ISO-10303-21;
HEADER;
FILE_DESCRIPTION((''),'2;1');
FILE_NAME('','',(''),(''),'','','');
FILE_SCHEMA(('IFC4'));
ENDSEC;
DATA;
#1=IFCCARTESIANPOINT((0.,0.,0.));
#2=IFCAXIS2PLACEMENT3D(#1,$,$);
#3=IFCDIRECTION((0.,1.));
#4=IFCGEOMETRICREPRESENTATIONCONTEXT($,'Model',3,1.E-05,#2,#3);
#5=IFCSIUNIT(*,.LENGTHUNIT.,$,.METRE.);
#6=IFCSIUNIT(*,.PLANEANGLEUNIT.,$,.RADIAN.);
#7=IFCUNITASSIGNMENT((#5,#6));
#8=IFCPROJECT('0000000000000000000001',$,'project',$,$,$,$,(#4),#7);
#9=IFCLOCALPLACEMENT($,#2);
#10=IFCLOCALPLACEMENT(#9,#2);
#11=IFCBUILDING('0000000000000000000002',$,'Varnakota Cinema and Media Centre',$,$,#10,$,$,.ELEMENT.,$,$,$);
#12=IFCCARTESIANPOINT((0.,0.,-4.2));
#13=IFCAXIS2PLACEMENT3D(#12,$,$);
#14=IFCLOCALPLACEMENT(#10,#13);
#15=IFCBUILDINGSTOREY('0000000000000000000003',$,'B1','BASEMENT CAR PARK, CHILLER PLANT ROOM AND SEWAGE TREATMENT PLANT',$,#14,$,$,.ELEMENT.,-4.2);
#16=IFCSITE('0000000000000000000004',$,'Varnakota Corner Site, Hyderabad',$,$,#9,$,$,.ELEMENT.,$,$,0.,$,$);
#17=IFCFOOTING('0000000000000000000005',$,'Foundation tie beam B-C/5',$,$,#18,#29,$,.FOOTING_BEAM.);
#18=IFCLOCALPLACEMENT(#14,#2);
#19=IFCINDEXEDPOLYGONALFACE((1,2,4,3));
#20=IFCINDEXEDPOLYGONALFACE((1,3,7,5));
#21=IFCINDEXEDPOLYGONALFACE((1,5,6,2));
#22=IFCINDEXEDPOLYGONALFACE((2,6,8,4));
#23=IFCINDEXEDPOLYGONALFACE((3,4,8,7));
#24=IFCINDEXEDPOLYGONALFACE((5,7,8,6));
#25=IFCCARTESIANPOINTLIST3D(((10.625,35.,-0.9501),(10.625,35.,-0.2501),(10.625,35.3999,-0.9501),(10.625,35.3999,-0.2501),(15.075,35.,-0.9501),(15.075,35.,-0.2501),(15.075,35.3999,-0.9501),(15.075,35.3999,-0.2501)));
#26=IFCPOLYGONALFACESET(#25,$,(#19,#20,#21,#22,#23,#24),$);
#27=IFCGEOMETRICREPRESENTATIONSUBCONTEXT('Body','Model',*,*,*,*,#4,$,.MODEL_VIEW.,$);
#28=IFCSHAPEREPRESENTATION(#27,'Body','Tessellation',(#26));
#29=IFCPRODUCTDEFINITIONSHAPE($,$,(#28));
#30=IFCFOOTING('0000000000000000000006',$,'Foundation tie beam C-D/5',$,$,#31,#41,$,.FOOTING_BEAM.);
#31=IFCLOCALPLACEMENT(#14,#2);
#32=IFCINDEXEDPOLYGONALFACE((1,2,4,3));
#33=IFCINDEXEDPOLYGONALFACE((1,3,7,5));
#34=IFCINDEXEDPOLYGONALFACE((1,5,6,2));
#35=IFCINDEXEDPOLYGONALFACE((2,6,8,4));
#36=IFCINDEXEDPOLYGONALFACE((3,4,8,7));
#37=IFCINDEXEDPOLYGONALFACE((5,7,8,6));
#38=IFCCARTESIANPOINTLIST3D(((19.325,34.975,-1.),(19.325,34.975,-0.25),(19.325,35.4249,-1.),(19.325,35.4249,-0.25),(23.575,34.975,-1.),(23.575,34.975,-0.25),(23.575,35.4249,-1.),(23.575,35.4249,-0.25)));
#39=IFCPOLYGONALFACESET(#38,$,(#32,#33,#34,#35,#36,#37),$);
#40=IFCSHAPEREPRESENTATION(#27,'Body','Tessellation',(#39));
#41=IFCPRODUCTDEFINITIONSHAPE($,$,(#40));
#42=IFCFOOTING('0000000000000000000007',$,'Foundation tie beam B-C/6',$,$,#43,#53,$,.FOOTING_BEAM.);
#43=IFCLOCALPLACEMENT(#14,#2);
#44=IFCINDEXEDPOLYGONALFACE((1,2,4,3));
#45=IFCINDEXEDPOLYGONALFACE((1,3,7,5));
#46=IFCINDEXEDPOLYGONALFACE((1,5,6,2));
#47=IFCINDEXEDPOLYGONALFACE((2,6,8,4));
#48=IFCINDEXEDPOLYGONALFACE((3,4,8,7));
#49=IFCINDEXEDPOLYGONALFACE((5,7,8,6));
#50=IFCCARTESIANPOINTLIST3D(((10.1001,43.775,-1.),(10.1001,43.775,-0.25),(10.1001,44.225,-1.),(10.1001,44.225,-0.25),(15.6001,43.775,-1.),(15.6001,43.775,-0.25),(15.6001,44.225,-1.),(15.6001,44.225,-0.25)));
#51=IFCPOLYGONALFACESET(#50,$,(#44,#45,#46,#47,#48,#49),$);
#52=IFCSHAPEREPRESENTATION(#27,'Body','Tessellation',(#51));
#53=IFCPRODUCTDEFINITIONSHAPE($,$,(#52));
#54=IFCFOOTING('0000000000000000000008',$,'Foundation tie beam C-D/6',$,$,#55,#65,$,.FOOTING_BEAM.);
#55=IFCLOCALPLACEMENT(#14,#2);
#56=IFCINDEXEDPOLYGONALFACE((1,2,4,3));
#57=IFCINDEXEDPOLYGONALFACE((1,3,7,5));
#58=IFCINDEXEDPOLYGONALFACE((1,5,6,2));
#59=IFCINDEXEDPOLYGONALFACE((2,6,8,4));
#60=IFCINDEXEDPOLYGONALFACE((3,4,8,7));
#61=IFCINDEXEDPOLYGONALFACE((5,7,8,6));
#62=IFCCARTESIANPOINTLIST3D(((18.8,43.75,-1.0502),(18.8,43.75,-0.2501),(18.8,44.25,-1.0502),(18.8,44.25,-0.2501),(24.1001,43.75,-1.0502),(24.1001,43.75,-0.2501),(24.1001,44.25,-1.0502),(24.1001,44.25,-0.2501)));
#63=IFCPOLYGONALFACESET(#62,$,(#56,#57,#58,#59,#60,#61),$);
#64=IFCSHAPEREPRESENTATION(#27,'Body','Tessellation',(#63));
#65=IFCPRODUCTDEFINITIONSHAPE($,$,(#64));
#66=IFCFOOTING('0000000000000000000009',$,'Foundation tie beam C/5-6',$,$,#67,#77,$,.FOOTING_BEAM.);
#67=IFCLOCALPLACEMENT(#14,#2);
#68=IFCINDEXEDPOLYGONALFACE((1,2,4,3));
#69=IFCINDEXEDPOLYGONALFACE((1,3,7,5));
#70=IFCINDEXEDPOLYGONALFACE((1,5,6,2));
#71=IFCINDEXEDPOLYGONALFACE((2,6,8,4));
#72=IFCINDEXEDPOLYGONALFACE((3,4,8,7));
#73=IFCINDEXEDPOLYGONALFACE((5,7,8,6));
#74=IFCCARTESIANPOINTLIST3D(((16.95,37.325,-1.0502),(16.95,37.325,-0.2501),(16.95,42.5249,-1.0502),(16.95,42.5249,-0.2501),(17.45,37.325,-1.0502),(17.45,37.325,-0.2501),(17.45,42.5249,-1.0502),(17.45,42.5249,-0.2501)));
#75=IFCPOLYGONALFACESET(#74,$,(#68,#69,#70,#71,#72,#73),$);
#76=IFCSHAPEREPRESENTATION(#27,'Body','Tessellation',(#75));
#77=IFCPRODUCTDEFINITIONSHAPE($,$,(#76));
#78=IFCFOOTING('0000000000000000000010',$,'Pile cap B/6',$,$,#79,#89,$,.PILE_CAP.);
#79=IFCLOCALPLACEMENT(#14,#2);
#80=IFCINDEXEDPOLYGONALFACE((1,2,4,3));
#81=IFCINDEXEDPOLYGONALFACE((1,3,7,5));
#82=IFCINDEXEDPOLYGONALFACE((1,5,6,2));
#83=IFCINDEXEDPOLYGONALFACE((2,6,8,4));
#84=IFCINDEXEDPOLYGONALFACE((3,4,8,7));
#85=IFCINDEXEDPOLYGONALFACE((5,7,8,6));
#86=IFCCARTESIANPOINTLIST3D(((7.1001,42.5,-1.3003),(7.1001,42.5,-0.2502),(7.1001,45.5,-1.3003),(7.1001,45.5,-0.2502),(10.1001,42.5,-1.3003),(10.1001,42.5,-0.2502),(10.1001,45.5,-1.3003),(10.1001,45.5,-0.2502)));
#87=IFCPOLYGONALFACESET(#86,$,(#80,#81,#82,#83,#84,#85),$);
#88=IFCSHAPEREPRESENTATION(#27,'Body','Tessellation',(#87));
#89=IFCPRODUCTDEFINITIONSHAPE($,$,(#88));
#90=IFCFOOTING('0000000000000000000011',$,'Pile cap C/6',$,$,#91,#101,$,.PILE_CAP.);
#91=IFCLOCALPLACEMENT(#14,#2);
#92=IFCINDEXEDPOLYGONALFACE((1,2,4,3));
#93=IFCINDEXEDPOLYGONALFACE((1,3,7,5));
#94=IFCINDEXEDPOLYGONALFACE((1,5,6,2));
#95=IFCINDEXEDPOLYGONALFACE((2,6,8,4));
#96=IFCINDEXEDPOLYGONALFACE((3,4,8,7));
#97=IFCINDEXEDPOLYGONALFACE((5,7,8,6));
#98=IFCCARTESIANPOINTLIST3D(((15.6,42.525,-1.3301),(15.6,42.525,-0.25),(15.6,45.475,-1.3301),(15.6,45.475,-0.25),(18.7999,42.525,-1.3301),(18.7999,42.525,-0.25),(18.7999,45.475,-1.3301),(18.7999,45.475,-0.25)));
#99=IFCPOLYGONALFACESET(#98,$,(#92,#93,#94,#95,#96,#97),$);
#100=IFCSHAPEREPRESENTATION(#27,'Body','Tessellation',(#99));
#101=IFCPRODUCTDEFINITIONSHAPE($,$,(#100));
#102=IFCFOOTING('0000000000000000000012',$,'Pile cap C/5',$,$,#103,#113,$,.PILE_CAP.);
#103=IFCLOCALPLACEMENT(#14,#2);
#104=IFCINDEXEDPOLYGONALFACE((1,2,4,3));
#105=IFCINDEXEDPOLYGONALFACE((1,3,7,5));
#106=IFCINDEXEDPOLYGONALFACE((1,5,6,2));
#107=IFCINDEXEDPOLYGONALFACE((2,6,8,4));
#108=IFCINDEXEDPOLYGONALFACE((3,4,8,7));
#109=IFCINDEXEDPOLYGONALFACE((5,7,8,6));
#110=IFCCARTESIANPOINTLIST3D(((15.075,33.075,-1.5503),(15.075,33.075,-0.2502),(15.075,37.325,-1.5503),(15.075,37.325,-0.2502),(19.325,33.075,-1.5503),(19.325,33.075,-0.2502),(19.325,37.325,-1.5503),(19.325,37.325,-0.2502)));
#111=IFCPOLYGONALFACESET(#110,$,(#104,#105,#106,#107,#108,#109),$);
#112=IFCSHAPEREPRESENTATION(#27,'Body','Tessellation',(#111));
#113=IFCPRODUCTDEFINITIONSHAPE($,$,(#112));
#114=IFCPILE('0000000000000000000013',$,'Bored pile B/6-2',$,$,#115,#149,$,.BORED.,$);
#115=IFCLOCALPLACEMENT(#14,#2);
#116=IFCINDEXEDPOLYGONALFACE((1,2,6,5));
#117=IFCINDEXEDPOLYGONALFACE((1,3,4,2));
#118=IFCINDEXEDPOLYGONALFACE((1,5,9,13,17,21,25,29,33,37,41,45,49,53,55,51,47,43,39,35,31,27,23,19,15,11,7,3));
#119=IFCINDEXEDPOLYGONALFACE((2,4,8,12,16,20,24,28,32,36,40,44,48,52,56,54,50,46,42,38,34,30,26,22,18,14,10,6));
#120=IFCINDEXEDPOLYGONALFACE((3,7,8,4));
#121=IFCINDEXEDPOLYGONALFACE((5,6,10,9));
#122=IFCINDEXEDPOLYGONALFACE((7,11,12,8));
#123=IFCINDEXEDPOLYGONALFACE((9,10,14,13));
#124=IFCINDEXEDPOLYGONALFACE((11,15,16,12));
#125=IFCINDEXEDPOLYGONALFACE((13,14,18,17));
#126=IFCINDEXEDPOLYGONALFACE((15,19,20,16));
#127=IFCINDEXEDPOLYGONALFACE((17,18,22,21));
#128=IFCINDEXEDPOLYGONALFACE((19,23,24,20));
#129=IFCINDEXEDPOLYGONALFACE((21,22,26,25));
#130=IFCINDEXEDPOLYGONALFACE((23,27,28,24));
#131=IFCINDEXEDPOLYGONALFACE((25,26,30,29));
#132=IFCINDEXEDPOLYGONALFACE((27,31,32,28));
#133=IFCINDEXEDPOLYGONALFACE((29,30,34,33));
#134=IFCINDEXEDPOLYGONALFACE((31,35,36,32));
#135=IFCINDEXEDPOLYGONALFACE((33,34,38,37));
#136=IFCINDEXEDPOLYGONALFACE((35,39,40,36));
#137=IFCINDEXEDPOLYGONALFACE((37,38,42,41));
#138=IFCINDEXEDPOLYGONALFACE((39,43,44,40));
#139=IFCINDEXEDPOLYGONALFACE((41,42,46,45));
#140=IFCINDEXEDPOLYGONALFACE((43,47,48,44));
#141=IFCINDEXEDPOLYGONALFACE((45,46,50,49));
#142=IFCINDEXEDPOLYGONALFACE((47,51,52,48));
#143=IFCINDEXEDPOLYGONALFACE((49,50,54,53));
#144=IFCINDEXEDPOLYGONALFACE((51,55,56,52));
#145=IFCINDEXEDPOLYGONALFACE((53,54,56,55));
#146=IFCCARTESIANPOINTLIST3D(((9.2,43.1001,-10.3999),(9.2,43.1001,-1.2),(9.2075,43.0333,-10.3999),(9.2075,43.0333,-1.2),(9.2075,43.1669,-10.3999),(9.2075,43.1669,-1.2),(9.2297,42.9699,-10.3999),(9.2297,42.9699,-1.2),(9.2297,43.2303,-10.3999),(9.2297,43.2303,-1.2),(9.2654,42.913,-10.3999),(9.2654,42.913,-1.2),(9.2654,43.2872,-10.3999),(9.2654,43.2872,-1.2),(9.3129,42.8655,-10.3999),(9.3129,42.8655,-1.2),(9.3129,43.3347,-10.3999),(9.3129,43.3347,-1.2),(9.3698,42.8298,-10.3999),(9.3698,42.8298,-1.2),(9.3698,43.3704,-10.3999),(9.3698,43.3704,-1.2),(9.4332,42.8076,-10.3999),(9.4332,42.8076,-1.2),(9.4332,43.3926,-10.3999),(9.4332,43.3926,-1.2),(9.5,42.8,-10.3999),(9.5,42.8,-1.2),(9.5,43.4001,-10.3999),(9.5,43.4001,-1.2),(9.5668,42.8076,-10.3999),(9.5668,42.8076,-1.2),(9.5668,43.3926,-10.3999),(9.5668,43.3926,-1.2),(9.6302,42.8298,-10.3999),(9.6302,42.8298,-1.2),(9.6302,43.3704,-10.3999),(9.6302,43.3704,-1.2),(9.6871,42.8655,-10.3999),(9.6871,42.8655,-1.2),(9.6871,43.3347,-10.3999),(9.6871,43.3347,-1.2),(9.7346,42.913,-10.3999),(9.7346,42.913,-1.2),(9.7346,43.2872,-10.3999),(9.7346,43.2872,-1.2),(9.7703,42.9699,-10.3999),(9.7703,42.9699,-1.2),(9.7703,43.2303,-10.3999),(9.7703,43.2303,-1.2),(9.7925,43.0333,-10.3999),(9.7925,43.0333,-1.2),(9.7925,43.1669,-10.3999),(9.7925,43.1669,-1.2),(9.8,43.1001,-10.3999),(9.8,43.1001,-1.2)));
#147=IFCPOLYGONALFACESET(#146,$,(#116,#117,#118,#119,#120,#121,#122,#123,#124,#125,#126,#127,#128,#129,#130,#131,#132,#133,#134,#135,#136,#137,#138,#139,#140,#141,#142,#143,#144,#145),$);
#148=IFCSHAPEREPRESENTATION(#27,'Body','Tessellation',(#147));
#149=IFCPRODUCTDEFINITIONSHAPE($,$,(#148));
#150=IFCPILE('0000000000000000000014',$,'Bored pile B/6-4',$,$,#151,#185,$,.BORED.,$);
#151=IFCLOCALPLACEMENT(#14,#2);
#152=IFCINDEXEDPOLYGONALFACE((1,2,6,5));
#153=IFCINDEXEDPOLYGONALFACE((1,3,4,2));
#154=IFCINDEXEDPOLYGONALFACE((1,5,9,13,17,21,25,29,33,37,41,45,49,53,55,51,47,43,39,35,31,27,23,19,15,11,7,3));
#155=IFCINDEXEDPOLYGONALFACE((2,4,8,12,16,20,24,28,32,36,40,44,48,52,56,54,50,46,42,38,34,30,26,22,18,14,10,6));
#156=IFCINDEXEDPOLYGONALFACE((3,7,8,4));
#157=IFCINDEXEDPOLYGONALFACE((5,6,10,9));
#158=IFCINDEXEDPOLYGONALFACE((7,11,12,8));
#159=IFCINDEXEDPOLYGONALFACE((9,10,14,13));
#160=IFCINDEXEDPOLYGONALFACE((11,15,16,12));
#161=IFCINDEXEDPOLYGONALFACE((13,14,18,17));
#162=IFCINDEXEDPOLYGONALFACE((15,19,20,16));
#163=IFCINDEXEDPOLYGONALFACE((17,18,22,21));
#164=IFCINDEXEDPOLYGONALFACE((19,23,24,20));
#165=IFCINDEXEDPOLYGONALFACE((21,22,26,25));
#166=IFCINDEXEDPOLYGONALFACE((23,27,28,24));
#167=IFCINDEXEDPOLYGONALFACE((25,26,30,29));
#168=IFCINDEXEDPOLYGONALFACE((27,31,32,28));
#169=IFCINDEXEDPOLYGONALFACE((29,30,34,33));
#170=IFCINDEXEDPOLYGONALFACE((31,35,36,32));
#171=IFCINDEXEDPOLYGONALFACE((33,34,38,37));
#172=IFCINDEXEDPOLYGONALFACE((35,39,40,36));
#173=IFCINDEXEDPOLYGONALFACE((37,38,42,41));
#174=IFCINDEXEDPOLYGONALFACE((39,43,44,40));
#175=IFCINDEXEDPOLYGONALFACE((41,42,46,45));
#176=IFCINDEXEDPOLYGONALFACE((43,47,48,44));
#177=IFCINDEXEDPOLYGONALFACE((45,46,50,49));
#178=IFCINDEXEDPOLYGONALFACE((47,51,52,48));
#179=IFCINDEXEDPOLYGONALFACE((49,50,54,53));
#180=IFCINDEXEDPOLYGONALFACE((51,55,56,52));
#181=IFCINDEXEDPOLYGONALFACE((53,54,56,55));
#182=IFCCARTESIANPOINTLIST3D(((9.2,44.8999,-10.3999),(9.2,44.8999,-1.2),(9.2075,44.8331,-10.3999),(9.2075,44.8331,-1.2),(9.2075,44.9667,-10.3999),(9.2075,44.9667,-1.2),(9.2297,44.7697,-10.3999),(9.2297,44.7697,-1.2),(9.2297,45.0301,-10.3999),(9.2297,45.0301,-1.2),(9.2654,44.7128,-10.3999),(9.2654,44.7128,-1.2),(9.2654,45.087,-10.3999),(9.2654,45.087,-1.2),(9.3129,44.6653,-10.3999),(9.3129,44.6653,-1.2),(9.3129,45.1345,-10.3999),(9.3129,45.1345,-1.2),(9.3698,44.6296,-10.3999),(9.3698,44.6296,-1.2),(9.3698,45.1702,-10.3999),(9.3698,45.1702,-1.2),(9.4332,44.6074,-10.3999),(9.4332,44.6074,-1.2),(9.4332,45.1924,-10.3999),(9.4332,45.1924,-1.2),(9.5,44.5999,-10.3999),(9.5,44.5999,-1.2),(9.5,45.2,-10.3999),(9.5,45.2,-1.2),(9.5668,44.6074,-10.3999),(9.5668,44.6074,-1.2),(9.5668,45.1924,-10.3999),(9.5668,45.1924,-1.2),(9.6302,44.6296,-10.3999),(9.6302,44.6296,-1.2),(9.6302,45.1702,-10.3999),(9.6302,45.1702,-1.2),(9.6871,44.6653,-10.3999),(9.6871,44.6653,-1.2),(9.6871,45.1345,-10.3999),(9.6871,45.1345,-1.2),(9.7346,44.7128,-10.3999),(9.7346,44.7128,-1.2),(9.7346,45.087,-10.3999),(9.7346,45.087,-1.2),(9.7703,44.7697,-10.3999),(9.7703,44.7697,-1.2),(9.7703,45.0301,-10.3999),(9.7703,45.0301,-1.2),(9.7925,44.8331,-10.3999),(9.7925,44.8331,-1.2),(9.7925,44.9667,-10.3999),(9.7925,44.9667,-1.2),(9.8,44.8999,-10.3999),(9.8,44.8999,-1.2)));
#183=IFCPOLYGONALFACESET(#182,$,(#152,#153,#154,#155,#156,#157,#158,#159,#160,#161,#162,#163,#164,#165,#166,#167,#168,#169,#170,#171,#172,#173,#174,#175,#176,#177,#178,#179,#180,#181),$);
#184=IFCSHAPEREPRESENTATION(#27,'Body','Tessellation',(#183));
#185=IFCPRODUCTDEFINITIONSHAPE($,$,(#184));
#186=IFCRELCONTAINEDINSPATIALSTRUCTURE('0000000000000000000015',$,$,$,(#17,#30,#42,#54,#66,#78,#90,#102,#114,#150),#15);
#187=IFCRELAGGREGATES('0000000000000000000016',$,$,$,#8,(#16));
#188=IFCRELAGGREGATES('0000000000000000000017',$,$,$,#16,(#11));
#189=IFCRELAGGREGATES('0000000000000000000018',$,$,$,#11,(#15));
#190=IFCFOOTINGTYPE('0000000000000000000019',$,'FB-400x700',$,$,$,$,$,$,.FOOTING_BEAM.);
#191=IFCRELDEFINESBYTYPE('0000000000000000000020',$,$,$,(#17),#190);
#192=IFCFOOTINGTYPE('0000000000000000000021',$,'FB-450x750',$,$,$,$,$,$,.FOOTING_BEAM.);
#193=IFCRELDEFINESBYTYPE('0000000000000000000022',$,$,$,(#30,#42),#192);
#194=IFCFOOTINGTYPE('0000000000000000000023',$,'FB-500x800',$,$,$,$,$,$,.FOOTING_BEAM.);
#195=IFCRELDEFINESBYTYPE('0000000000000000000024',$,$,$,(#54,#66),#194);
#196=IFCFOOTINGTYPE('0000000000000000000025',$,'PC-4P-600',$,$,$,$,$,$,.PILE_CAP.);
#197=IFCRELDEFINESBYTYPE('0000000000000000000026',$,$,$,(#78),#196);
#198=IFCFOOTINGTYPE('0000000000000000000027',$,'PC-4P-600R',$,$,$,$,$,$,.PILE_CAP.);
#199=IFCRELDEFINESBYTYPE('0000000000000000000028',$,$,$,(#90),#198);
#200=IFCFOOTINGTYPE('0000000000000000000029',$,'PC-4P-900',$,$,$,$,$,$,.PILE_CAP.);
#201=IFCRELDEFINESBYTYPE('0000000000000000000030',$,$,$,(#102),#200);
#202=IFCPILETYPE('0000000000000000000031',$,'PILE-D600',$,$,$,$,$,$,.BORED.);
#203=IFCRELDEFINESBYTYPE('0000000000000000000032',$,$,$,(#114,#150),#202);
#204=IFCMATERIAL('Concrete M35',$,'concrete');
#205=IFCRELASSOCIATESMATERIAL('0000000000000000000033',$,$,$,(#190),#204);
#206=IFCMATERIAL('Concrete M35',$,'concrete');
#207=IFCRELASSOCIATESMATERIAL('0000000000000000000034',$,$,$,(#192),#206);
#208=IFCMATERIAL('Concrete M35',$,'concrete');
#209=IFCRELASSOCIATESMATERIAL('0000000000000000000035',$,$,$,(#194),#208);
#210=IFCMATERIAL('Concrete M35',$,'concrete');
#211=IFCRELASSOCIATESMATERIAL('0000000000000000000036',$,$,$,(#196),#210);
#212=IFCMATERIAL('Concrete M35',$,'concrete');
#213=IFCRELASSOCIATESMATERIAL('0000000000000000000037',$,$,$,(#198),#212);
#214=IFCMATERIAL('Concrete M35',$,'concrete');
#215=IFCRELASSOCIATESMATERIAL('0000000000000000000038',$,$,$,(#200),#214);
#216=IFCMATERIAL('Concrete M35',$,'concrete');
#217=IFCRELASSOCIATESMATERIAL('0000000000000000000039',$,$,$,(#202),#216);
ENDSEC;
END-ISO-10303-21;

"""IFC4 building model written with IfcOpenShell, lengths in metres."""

from ifc_helpers import new_model, si_unit, direction, frame, origin, origin_2d, place, context, subcontext, project, spatial, rectangle, circle, extrude, material, material_profile, profile_set, type_object, element, save


model = new_model("IFC4")

# Units and contexts
model_context = context("Model", 3, precision=1e-05, world=origin(), true_north=direction((0.0, 1.0)))
body_context = subcontext(model_context, "Body", "Model", "MODEL_VIEW")
ifc_project = project(units=[si_unit("LENGTHUNIT", "METRE"), si_unit("PLANEANGLEUNIT", "RADIAN")], contexts=[model_context])

# Site, building, storey
site_placement = place(None, origin())
site = spatial("IfcSite", under=ifc_project, at=site_placement, Name="Varnakota Corner Site, Hyderabad", CompositionType="ELEMENT", RefElevation=0.0)
building_placement = place(site_placement, origin())
building = spatial("IfcBuilding", under=site, at=building_placement, Name="Varnakota Cinema and Media Centre", CompositionType="ELEMENT")
storey_placement = place(building_placement, frame((0.0, 0.0, -4.2)))
storey = spatial("IfcBuildingStorey", under=building, at=storey_placement, Name="B1", Description="BASEMENT CAR PARK, CHILLER PLANT ROOM AND SEWAGE TREATMENT PLANT", CompositionType="ELEMENT", Elevation=-4.2)

# Footings
ifc_material_1 = material(Name="Concrete M35", Category="concrete")
ifc_material_profile_1 = material_profile(ifc_material_1, rectangle(XDim=0.3999, YDim=0.7, at=origin_2d()), Name="FB 400x700")
ifc_profile_set_1 = profile_set([ifc_material_profile_1], Name="Concrete M35")
footing_type_1 = type_object("IfcFootingType", Name="FB-400x700", PredefinedType="FOOTING_BEAM", material=ifc_profile_set_1)
footing_1_placement = place(storey_placement, frame((10.625, 35.2, -0.6001), z_axis=(1.0, 0.0, 0.0), x_axis=(0.0, 1.0, 0.0)))
element("IfcFooting", 1, at=footing_1_placement, inside=storey, type_object=footing_type_1, Name="Foundation tie beam B-C/5", PredefinedType="FOOTING_BEAM", context=body_context, shape_type="SweptSolid", body=[
    extrude(rectangle(XDim=0.3999, YDim=0.7, at=origin_2d()), origin(), (0.0, 0.0, 1.0), 4.45),
])
ifc_material_2 = material(Name="Concrete M35", Category="concrete")
ifc_material_profile_2 = material_profile(ifc_material_2, rectangle(XDim=0.45, YDim=0.75, at=origin_2d()), Name="FB 450x750")
ifc_profile_set_2 = profile_set([ifc_material_profile_2], Name="Concrete M35")
footing_type_2 = type_object("IfcFootingType", Name="FB-450x750", PredefinedType="FOOTING_BEAM", material=ifc_profile_set_2)
footing_2_placement = place(storey_placement, frame((19.325, 35.2, -0.625), z_axis=(1.0, 0.0, 0.0), x_axis=(0.0, 1.0, 0.0)))
element("IfcFooting", 2, at=footing_2_placement, inside=storey, type_object=footing_type_2, Name="Foundation tie beam C-D/5", PredefinedType="FOOTING_BEAM", context=body_context, shape_type="SweptSolid", body=[
    extrude(rectangle(XDim=0.45, YDim=0.75, at=origin_2d()), origin(), (0.0, 0.0, 1.0), 4.25),
])
footing_3_placement = place(storey_placement, frame((10.1001, 44.0, -0.625), z_axis=(1.0, 0.0, 0.0), x_axis=(0.0, 1.0, 0.0)))
element("IfcFooting", 3, at=footing_3_placement, inside=storey, type_object=footing_type_2, Name="Foundation tie beam B-C/6", PredefinedType="FOOTING_BEAM", context=body_context, shape_type="SweptSolid", body=[
    extrude(rectangle(XDim=0.45, YDim=0.75, at=origin_2d()), origin(), (0.0, 0.0, 1.0), 5.5),
])
ifc_material_3 = material(Name="Concrete M35", Category="concrete")
ifc_material_profile_3 = material_profile(ifc_material_3, rectangle(XDim=0.5, YDim=0.8, at=origin_2d()), Name="FB 500x800")
ifc_profile_set_3 = profile_set([ifc_material_profile_3], Name="Concrete M35")
footing_type_3 = type_object("IfcFootingType", Name="FB-500x800", PredefinedType="FOOTING_BEAM", material=ifc_profile_set_3)
footing_4_placement = place(storey_placement, frame((18.8, 44.0, -0.6501), z_axis=(1.0, 0.0, 0.0), x_axis=(0.0, 1.0, 0.0)))
element("IfcFooting", 4, at=footing_4_placement, inside=storey, type_object=footing_type_3, Name="Foundation tie beam C-D/6", PredefinedType="FOOTING_BEAM", context=body_context, shape_type="SweptSolid", body=[
    extrude(rectangle(XDim=0.5, YDim=0.8, at=origin_2d()), origin(), (0.0, 0.0, 1.0), 5.3),
])
footing_5_placement = place(storey_placement, frame((17.2, 37.325, -0.6501), z_axis=(0.0, 1.0, 0.0), x_axis=(-1.0, 0.0, 0.0)))
element("IfcFooting", 5, at=footing_5_placement, inside=storey, type_object=footing_type_3, Name="Foundation tie beam C/5-6", PredefinedType="FOOTING_BEAM", context=body_context, shape_type="SweptSolid", body=[
    extrude(rectangle(XDim=0.5, YDim=0.8, at=origin_2d()), origin(), (0.0, 0.0, 1.0), 5.2),
])
ifc_material_4 = material(Name="Concrete M35", Category="concrete")
footing_type_4 = type_object("IfcFootingType", Name="PC-4P-600", PredefinedType="PILE_CAP", material=ifc_material_4)
footing_6_placement = place(storey_placement, frame((8.6001, 44.0, -1.3003), z_axis=(0.0, 0.0, 1.0), x_axis=(1.0, 0.0, 0.0)))
element("IfcFooting", 6, at=footing_6_placement, inside=storey, type_object=footing_type_4, Name="Pile cap B/6", PredefinedType="PILE_CAP", context=body_context, shape_type="SweptSolid", body=[
    extrude(rectangle(XDim=3.0, YDim=3.0, at=origin_2d()), origin(), (0.0, 0.0, 1.0), 1.05),
])
ifc_material_5 = material(Name="Concrete M35", Category="concrete")
footing_type_5 = type_object("IfcFootingType", Name="PC-4P-600R", PredefinedType="PILE_CAP", material=ifc_material_5)
footing_7_placement = place(storey_placement, frame((17.2, 44.0, -1.3301), z_axis=(0.0, 0.0, 1.0), x_axis=(1.0, 0.0, 0.0)))
element("IfcFooting", 7, at=footing_7_placement, inside=storey, type_object=footing_type_5, Name="Pile cap C/6", PredefinedType="PILE_CAP", context=body_context, shape_type="SweptSolid", body=[
    extrude(rectangle(XDim=3.2, YDim=2.95, at=origin_2d()), origin(), (0.0, 0.0, 1.0), 1.0801),
])
ifc_material_6 = material(Name="Concrete M35", Category="concrete")
footing_type_6 = type_object("IfcFootingType", Name="PC-4P-900", PredefinedType="PILE_CAP", material=ifc_material_6)
footing_8_placement = place(storey_placement, frame((17.2, 35.2, -1.5503), z_axis=(0.0, 0.0, 1.0), x_axis=(1.0, 0.0, 0.0)))
element("IfcFooting", 8, at=footing_8_placement, inside=storey, type_object=footing_type_6, Name="Pile cap C/5", PredefinedType="PILE_CAP", context=body_context, shape_type="SweptSolid", body=[
    extrude(rectangle(XDim=4.25, YDim=4.25, at=origin_2d()), origin(), (0.0, 0.0, 1.0), 1.3),
])

# Piles
ifc_material_7 = material(Name="Concrete M35", Category="concrete")
ifc_material_profile_4 = material_profile(ifc_material_7, circle(Radius=0.3, at=origin_2d()), Name="PILE D600")
ifc_profile_set_4 = profile_set([ifc_material_profile_4], Name="Concrete M35")
pile_type_1 = type_object("IfcPileType", Name="PILE-D600", PredefinedType="BORED", material=ifc_profile_set_4)
for number, where, z_axis, x_axis, name in (
    (9, (9.5, 43.1001, -1.2), (0.0, 0.0, -1.0), (1.0, 0.0, 0.0), "Bored pile B/6-2"),
    (10, (9.5, 44.8999, -1.2), (0.0, 0.0, -1.0), (1.0, 0.0, 0.0), "Bored pile B/6-4"),
):
    element("IfcPile", number, at=place(storey_placement, frame(where, z_axis=z_axis, x_axis=x_axis)), inside=storey, type_object=pile_type_1, Name=name, PredefinedType="BORED", context=body_context, shape_type="SweptSolid", body=[
        extrude(circle(Radius=0.3, at=origin_2d()), origin(), (0.0, 0.0, 1.0), 9.2),
    ])

save(model, "model.ifc")
